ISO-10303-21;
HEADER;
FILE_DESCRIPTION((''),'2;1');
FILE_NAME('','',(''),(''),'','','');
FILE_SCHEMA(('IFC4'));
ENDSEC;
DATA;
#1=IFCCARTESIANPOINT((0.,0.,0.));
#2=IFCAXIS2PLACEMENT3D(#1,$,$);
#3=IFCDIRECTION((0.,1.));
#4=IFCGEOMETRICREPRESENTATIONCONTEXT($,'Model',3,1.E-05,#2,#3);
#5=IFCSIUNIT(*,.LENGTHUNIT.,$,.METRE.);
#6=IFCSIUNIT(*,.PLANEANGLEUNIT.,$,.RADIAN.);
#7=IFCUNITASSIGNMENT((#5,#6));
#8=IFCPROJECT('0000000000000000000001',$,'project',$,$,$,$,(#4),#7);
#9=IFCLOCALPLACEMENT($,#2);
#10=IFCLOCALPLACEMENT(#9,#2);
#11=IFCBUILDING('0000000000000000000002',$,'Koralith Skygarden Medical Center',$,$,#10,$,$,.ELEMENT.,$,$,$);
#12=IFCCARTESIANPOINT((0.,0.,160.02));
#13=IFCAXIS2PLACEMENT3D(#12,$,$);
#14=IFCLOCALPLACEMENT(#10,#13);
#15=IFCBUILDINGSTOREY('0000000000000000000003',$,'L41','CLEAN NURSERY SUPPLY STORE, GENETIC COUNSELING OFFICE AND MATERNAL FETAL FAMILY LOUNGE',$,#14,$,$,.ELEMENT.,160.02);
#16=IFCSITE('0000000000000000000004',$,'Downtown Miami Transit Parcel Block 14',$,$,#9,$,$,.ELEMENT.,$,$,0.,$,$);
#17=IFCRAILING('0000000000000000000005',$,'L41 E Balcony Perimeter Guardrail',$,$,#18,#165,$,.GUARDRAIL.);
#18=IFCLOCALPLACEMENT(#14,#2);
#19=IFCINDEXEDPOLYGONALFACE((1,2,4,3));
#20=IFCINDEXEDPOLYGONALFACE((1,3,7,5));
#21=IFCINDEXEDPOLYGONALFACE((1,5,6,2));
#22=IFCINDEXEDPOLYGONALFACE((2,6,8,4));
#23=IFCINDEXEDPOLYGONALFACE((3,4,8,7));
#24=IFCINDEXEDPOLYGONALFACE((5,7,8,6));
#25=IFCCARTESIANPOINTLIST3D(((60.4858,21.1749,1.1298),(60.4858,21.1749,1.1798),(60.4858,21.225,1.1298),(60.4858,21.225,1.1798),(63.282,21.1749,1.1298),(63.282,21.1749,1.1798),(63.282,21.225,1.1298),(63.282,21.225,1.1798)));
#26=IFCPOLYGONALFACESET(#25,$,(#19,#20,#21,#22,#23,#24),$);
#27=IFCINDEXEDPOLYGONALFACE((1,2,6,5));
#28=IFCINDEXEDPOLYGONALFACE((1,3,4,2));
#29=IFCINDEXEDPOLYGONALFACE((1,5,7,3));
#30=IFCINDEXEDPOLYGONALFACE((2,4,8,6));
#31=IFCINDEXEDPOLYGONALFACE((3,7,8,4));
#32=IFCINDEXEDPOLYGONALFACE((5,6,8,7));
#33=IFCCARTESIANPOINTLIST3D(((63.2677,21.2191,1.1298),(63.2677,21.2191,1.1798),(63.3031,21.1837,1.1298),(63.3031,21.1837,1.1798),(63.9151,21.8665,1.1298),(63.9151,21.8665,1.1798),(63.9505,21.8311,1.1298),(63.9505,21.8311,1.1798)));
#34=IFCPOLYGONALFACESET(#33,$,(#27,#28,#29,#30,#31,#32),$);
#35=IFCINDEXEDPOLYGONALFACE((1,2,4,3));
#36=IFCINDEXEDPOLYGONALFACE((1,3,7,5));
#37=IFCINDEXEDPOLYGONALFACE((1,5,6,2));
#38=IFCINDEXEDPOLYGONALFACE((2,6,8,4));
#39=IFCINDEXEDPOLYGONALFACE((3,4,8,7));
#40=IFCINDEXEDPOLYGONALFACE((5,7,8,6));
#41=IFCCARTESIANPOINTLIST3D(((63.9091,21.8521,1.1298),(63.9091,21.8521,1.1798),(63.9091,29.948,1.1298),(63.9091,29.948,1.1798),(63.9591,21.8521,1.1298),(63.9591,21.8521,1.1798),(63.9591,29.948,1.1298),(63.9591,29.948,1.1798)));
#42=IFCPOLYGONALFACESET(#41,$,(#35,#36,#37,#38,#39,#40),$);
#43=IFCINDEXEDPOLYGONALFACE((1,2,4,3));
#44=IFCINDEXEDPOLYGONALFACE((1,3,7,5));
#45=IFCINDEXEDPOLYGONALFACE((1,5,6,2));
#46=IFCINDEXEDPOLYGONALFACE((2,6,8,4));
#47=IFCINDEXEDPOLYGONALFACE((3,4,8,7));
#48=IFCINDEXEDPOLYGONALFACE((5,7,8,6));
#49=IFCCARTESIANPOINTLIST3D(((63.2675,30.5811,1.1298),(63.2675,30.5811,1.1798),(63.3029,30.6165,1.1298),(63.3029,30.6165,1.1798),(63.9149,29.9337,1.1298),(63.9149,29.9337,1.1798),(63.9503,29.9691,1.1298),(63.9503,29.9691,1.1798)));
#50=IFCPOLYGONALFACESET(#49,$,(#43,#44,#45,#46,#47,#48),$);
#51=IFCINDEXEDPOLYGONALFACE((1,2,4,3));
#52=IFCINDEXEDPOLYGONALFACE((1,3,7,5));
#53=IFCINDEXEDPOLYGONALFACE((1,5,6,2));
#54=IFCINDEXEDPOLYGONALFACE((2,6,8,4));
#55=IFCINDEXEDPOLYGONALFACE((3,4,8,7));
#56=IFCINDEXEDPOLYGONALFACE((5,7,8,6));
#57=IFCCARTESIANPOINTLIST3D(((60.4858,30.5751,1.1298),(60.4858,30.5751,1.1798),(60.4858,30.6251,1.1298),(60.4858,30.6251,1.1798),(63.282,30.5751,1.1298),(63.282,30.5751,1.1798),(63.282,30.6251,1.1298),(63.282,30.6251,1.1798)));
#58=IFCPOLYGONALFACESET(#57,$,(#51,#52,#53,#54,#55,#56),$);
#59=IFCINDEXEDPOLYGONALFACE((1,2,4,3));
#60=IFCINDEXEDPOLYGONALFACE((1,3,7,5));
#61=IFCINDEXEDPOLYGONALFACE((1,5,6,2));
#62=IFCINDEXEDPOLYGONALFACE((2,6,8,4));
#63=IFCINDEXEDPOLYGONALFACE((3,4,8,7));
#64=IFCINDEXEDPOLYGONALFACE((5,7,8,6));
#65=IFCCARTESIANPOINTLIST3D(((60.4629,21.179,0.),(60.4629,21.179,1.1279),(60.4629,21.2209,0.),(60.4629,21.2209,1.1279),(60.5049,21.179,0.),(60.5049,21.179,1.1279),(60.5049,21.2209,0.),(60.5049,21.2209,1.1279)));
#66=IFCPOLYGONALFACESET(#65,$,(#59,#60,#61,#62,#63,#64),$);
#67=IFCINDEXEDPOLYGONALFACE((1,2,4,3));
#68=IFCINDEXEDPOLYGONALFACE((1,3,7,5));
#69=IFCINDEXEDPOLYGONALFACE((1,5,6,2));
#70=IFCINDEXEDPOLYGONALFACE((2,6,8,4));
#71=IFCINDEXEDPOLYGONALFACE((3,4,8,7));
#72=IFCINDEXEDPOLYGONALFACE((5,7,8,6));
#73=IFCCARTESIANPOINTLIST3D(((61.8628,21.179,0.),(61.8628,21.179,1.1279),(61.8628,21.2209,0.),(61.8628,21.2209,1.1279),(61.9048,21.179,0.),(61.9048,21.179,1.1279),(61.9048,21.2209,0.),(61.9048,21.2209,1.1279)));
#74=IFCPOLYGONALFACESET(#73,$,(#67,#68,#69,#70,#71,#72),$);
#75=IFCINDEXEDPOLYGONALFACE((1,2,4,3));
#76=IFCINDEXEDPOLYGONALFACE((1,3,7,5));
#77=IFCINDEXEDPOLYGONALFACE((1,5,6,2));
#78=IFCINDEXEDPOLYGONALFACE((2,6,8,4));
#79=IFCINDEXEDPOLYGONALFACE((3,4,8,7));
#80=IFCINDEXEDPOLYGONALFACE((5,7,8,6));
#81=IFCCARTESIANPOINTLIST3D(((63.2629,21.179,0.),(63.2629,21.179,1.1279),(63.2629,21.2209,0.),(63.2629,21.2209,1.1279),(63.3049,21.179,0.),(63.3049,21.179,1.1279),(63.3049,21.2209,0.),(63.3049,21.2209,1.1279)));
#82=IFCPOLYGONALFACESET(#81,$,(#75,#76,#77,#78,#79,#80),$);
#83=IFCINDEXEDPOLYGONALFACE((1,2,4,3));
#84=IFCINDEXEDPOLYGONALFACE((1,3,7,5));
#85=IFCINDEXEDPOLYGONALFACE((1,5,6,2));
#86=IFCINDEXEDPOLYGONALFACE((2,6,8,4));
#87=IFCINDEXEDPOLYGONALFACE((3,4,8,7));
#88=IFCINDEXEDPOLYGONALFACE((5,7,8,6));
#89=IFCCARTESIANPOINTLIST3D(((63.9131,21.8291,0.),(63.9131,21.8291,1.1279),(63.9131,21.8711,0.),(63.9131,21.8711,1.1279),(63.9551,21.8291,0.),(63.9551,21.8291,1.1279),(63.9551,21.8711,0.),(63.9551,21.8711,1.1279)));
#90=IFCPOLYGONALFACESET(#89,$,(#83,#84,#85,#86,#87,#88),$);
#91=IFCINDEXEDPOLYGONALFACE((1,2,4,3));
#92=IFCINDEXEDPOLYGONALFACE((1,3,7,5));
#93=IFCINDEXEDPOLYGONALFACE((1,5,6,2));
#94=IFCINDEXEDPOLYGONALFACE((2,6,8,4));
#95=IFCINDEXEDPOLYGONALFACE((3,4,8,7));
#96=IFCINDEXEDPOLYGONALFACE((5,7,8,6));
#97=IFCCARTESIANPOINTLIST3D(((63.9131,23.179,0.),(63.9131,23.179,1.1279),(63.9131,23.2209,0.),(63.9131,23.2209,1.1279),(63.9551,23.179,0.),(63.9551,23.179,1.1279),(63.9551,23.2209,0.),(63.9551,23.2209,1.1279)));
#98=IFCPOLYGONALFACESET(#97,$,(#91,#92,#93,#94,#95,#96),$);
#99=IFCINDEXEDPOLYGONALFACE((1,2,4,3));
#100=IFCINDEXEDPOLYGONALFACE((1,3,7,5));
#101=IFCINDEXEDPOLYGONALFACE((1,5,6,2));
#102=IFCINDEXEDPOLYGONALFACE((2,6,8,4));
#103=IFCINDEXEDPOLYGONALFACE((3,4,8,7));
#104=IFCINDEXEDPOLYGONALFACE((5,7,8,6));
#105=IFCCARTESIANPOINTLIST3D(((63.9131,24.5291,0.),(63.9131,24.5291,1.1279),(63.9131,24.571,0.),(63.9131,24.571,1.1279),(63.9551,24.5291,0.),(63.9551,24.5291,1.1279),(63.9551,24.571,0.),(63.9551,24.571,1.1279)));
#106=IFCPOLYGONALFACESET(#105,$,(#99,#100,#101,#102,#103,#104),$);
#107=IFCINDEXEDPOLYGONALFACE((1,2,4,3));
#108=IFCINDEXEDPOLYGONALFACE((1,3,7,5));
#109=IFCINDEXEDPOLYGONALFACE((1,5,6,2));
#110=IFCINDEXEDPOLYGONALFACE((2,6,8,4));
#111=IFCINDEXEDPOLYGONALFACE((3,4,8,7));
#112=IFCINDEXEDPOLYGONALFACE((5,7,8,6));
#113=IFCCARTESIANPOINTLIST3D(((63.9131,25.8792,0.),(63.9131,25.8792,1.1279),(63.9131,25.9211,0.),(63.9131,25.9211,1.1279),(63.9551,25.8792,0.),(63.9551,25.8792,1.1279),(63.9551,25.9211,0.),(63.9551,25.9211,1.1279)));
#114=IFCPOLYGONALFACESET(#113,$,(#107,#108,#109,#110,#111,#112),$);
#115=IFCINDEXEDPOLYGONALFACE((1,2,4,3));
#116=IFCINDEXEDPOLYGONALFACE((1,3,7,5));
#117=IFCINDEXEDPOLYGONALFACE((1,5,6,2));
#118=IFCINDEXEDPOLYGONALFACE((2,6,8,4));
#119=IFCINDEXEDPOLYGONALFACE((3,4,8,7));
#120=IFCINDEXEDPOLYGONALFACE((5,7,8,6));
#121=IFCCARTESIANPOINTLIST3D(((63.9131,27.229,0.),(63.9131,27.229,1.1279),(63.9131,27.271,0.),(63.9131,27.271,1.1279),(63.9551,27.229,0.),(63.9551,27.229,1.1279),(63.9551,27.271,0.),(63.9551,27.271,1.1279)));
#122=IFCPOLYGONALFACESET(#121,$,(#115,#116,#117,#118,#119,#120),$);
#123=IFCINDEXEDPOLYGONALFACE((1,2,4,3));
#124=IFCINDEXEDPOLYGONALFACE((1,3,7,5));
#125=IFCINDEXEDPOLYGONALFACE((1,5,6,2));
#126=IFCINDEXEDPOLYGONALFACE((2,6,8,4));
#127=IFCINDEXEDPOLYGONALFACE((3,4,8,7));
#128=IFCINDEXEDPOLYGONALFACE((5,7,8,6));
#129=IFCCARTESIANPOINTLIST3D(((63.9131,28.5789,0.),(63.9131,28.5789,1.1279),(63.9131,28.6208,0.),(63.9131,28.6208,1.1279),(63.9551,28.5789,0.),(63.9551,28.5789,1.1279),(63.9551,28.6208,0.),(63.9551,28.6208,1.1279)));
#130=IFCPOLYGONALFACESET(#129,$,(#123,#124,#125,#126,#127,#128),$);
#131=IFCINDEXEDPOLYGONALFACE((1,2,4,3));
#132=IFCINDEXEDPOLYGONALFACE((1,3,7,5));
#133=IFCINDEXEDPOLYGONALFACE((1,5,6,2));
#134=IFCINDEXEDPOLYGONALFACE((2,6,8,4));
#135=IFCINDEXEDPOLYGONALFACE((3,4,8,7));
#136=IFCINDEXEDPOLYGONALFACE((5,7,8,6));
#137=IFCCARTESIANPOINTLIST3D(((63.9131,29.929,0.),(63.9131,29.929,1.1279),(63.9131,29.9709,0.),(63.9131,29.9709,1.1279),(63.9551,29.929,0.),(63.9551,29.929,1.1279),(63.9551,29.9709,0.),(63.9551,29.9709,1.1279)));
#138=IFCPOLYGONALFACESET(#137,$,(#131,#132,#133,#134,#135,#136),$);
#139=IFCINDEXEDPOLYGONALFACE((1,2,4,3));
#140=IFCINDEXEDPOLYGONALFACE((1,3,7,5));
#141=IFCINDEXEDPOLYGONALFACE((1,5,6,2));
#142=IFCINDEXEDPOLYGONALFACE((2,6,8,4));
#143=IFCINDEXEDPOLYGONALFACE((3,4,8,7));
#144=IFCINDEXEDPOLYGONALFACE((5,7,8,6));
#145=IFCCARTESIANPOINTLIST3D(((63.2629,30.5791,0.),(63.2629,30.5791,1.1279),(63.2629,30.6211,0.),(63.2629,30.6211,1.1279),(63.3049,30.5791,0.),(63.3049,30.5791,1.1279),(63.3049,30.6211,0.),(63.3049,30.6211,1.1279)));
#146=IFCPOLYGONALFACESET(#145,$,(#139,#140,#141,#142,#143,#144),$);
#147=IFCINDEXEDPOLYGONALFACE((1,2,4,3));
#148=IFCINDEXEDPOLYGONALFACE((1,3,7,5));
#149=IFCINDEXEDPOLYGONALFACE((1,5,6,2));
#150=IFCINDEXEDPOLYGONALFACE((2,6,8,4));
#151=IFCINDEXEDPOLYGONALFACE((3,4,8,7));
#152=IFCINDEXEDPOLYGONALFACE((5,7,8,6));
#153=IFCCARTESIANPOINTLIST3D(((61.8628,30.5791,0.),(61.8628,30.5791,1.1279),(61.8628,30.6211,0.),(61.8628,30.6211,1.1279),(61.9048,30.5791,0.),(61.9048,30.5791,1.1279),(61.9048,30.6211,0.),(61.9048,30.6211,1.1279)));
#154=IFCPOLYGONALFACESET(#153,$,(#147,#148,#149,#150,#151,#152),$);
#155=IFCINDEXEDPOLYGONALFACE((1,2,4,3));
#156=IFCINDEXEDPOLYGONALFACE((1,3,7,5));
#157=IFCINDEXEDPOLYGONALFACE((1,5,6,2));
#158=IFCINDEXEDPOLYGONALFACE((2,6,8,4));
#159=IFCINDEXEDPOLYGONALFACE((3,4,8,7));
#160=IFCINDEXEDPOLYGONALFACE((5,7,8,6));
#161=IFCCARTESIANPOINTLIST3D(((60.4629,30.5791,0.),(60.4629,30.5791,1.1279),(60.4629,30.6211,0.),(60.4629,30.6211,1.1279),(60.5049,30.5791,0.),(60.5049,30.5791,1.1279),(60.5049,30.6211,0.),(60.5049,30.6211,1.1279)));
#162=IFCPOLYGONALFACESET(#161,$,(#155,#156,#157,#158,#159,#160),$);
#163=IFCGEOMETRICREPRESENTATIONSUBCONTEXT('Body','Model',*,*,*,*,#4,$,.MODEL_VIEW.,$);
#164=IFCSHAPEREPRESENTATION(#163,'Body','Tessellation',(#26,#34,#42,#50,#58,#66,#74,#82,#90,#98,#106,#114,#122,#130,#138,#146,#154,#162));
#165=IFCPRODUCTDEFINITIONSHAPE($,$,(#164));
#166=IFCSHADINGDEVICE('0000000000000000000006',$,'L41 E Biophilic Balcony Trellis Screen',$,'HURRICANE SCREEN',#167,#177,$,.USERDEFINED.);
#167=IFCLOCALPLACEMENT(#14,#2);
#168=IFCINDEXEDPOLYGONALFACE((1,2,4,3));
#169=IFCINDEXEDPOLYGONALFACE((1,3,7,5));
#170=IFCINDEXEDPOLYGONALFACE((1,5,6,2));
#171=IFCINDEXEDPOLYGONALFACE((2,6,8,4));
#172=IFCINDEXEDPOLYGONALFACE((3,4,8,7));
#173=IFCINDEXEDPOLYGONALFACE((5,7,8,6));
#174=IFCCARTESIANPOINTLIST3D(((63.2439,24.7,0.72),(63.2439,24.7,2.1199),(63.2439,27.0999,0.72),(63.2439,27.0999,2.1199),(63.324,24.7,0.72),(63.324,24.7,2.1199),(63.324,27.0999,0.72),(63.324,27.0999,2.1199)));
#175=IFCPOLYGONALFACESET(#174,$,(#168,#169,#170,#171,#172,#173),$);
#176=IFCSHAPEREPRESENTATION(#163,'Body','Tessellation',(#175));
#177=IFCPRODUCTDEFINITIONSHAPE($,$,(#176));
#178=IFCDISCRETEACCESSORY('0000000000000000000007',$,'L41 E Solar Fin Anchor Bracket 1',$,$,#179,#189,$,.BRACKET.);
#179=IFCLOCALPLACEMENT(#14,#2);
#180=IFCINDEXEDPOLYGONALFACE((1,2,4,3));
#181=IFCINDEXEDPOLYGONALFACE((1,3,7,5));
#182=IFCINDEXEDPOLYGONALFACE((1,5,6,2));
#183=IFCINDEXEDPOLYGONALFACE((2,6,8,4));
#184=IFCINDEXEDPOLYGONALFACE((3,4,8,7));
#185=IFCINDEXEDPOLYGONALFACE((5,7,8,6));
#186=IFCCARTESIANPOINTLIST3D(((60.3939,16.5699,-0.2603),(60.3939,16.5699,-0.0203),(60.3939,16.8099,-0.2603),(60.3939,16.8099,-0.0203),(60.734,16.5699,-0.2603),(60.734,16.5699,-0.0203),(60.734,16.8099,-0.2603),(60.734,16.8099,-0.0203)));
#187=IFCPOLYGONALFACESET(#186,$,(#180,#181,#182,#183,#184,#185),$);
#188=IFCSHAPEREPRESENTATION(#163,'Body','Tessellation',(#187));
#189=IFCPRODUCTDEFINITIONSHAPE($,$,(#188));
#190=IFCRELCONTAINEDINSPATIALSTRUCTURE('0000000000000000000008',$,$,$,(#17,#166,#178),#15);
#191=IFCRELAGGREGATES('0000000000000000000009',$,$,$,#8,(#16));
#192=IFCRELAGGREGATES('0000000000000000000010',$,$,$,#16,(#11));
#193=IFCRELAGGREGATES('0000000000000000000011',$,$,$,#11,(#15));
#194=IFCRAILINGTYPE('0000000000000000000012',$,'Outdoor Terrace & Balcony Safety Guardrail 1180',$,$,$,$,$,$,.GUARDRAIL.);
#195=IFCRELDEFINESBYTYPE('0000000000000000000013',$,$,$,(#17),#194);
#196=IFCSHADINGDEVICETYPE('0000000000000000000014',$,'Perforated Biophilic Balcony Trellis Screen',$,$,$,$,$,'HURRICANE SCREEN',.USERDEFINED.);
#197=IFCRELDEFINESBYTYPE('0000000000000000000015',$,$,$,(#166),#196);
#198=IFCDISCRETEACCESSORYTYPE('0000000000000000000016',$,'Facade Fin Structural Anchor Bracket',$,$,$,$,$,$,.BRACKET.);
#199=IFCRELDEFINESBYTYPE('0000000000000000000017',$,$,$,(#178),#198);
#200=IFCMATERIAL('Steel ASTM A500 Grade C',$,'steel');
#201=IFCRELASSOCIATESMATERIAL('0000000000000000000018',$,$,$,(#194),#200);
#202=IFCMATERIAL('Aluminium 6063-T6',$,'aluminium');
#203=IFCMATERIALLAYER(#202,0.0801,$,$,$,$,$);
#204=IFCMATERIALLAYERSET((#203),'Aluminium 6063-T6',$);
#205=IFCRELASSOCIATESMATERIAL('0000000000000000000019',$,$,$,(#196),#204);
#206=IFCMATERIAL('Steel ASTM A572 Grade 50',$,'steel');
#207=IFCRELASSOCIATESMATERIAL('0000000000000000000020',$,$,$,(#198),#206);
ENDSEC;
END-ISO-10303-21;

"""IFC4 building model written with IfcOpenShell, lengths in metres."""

from ifc_helpers import new_model, si_unit, direction, frame, origin, origin_2d, place, context, subcontext, project, spatial, rectangle, extrude, material, layer, layer_set, type_object, element, save


model = new_model("IFC4")

# Units and contexts
model_context = context("Model", 3, precision=1e-05, world=origin(), true_north=direction((0.0, 1.0)))
body_context = subcontext(model_context, "Body", "Model", "MODEL_VIEW")
ifc_project = project(units=[si_unit("LENGTHUNIT", "METRE"), si_unit("PLANEANGLEUNIT", "RADIAN")], contexts=[model_context])

# Site, building, storey
site_placement = place(None, origin())
site = spatial("IfcSite", under=ifc_project, at=site_placement, Name="Downtown Miami Transit Parcel Block 14", CompositionType="ELEMENT", RefElevation=0.0)
building_placement = place(site_placement, origin())
building = spatial("IfcBuilding", under=site, at=building_placement, Name="Koralith Skygarden Medical Center", CompositionType="ELEMENT")
storey_placement = place(building_placement, frame((0.0, 0.0, 160.02)))
storey = spatial("IfcBuildingStorey", under=building, at=storey_placement, Name="L41", Description="CLEAN NURSERY SUPPLY STORE, GENETIC COUNSELING OFFICE AND MATERNAL FETAL FAMILY LOUNGE", CompositionType="ELEMENT", Elevation=160.02)

# Shared definitions
ifc_material_1 = material(Name="Aluminium 6063-T6", Category="aluminium")

# Railing
ifc_material_2 = material(Name="Steel ASTM A500 Grade C", Category="steel")
railing_type = type_object("IfcRailingType", Name="Outdoor Terrace & Balcony Safety Guardrail 1180", PredefinedType="GUARDRAIL", material=ifc_material_2)
railing_placement = place(storey_placement, frame((60.4839, 21.2, 0.0)))
element("IfcRailing", 1, at=railing_placement, inside=storey, type_object=railing_type, Name="L41 E Balcony Perimeter Guardrail", PredefinedType="GUARDRAIL", context=body_context, shape_type="SweptSolid", body=[
    extrude(rectangle(XDim=0.05, YDim=0.05, at=origin_2d()), frame((0.002, 0.0, 1.1548), z_axis=(1.0, 0.0, 0.0), x_axis=(0.0, 1.0, 0.0)), (0.0, 0.0, 1.0), 2.7961),
    extrude(rectangle(XDim=0.05, YDim=0.05, at=origin_2d()), frame((2.8015, 0.0015, 1.1548), z_axis=(0.707107, 0.707107, 0.0), x_axis=(-0.707107, 0.707107, 0.0)), (0.0, 0.0, 1.0), 0.9155),
    extrude(rectangle(XDim=0.05, YDim=0.05, at=origin_2d()), frame((3.4502, 0.6521, 1.1548), z_axis=(0.0, 1.0, 0.0), x_axis=(-1.0, 0.0, 0.0)), (0.0, 0.0, 1.0), 8.0959),
    extrude(rectangle(XDim=0.05, YDim=0.05, at=origin_2d()), frame((3.4487, 8.7515, 1.1548), z_axis=(-0.707107, 0.707107, 0.0), x_axis=(-0.707107, -0.707107, 0.0)), (0.0, 0.0, 1.0), 0.9155),
    extrude(rectangle(XDim=0.05, YDim=0.05, at=origin_2d()), frame((2.7981, 9.4001, 1.1548), z_axis=(-1.0, 0.0, 0.0), x_axis=(0.0, -1.0, 0.0)), (0.0, 0.0, 1.0), 2.7961),
    extrude(rectangle(XDim=0.042, YDim=0.042, at=origin_2d()), origin(), (0.0, 0.0, 1.0), 1.1279),
    extrude(rectangle(XDim=0.042, YDim=0.042, at=origin_2d()), frame((1.3999, 0.0, 0.0)), (0.0, 0.0, 1.0), 1.1279),
    extrude(rectangle(XDim=0.042, YDim=0.042, at=origin_2d()), frame((2.8, 0.0, 0.0)), (0.0, 0.0, 1.0), 1.1279),
    extrude(rectangle(XDim=0.042, YDim=0.042, at=origin_2d()), frame((3.4502, 0.6501, 0.0)), (0.0, 0.0, 1.0), 1.1279),
    extrude(rectangle(XDim=0.042, YDim=0.042, at=origin_2d()), frame((3.4502, 2.0, 0.0)), (0.0, 0.0, 1.0), 1.1279),
    extrude(rectangle(XDim=0.042, YDim=0.042, at=origin_2d()), frame((3.4502, 3.3501, 0.0)), (0.0, 0.0, 1.0), 1.1279),
    extrude(rectangle(XDim=0.042, YDim=0.042, at=origin_2d()), frame((3.4502, 4.7002, 0.0)), (0.0, 0.0, 1.0), 1.1279),
    extrude(rectangle(XDim=0.042, YDim=0.042, at=origin_2d()), frame((3.4502, 6.05, 0.0)), (0.0, 0.0, 1.0), 1.1279),
    extrude(rectangle(XDim=0.042, YDim=0.042, at=origin_2d()), frame((3.4502, 7.3999, 0.0)), (0.0, 0.0, 1.0), 1.1279),
    extrude(rectangle(XDim=0.042, YDim=0.042, at=origin_2d()), frame((3.4502, 8.75, 0.0)), (0.0, 0.0, 1.0), 1.1279),
    extrude(rectangle(XDim=0.042, YDim=0.042, at=origin_2d()), frame((2.8, 9.4001, 0.0)), (0.0, 0.0, 1.0), 1.1279),
    extrude(rectangle(XDim=0.042, YDim=0.042, at=origin_2d()), frame((1.3999, 9.4001, 0.0)), (0.0, 0.0, 1.0), 1.1279),
    extrude(rectangle(XDim=0.042, YDim=0.042, at=origin_2d()), frame((0.0, 9.4001, 0.0)), (0.0, 0.0, 1.0), 1.1279),
])

# Shading device
ifc_layer_1 = layer(ifc_material_1, 0.0801)
ifc_layer_set_1 = layer_set([ifc_layer_1], Name="Aluminium 6063-T6")
shading_device_type_1 = type_object("IfcShadingDeviceType", Name="Perforated Biophilic Balcony Trellis Screen", ElementType="HURRICANE SCREEN", PredefinedType="USERDEFINED", material=ifc_layer_set_1)
shading_device_1_placement = place(storey_placement, frame((63.2839, 25.8999, 0.72), z_axis=(0.0, 0.0, 1.0), x_axis=(0.0, 1.0, 0.0)))
element("IfcShadingDevice", 2, at=shading_device_1_placement, inside=storey, type_object=shading_device_type_1, Name="L41 E Biophilic Balcony Trellis Screen", ObjectType="HURRICANE SCREEN", PredefinedType="USERDEFINED", context=body_context, shape_type="SweptSolid", body=[
    extrude(rectangle(XDim=2.3999, YDim=0.0801, at=origin_2d()), origin(), (0.0, 0.0, 1.0), 1.3999),
])

# Discrete accessory
ifc_material_3 = material(Name="Steel ASTM A572 Grade 50", Category="steel")
discrete_accessory_type = type_object("IfcDiscreteAccessoryType", Name="Facade Fin Structural Anchor Bracket", PredefinedType="BRACKET", material=ifc_material_3)
discrete_accessory_placement = place(storey_placement, frame((60.564, 16.6899, -0.2603), z_axis=(0.0, 0.0, 1.0), x_axis=(1.0, 0.0, 0.0)))
element("IfcDiscreteAccessory", 3, at=discrete_accessory_placement, inside=storey, type_object=discrete_accessory_type, Name="L41 E Solar Fin Anchor Bracket 1", PredefinedType="BRACKET", context=body_context, shape_type="SweptSolid", body=[
    extrude(rectangle(XDim=0.3401, YDim=0.24, at=origin_2d()), origin(), (0.0, 0.0, 1.0), 0.24),
])

save(model, "model.ifc")
